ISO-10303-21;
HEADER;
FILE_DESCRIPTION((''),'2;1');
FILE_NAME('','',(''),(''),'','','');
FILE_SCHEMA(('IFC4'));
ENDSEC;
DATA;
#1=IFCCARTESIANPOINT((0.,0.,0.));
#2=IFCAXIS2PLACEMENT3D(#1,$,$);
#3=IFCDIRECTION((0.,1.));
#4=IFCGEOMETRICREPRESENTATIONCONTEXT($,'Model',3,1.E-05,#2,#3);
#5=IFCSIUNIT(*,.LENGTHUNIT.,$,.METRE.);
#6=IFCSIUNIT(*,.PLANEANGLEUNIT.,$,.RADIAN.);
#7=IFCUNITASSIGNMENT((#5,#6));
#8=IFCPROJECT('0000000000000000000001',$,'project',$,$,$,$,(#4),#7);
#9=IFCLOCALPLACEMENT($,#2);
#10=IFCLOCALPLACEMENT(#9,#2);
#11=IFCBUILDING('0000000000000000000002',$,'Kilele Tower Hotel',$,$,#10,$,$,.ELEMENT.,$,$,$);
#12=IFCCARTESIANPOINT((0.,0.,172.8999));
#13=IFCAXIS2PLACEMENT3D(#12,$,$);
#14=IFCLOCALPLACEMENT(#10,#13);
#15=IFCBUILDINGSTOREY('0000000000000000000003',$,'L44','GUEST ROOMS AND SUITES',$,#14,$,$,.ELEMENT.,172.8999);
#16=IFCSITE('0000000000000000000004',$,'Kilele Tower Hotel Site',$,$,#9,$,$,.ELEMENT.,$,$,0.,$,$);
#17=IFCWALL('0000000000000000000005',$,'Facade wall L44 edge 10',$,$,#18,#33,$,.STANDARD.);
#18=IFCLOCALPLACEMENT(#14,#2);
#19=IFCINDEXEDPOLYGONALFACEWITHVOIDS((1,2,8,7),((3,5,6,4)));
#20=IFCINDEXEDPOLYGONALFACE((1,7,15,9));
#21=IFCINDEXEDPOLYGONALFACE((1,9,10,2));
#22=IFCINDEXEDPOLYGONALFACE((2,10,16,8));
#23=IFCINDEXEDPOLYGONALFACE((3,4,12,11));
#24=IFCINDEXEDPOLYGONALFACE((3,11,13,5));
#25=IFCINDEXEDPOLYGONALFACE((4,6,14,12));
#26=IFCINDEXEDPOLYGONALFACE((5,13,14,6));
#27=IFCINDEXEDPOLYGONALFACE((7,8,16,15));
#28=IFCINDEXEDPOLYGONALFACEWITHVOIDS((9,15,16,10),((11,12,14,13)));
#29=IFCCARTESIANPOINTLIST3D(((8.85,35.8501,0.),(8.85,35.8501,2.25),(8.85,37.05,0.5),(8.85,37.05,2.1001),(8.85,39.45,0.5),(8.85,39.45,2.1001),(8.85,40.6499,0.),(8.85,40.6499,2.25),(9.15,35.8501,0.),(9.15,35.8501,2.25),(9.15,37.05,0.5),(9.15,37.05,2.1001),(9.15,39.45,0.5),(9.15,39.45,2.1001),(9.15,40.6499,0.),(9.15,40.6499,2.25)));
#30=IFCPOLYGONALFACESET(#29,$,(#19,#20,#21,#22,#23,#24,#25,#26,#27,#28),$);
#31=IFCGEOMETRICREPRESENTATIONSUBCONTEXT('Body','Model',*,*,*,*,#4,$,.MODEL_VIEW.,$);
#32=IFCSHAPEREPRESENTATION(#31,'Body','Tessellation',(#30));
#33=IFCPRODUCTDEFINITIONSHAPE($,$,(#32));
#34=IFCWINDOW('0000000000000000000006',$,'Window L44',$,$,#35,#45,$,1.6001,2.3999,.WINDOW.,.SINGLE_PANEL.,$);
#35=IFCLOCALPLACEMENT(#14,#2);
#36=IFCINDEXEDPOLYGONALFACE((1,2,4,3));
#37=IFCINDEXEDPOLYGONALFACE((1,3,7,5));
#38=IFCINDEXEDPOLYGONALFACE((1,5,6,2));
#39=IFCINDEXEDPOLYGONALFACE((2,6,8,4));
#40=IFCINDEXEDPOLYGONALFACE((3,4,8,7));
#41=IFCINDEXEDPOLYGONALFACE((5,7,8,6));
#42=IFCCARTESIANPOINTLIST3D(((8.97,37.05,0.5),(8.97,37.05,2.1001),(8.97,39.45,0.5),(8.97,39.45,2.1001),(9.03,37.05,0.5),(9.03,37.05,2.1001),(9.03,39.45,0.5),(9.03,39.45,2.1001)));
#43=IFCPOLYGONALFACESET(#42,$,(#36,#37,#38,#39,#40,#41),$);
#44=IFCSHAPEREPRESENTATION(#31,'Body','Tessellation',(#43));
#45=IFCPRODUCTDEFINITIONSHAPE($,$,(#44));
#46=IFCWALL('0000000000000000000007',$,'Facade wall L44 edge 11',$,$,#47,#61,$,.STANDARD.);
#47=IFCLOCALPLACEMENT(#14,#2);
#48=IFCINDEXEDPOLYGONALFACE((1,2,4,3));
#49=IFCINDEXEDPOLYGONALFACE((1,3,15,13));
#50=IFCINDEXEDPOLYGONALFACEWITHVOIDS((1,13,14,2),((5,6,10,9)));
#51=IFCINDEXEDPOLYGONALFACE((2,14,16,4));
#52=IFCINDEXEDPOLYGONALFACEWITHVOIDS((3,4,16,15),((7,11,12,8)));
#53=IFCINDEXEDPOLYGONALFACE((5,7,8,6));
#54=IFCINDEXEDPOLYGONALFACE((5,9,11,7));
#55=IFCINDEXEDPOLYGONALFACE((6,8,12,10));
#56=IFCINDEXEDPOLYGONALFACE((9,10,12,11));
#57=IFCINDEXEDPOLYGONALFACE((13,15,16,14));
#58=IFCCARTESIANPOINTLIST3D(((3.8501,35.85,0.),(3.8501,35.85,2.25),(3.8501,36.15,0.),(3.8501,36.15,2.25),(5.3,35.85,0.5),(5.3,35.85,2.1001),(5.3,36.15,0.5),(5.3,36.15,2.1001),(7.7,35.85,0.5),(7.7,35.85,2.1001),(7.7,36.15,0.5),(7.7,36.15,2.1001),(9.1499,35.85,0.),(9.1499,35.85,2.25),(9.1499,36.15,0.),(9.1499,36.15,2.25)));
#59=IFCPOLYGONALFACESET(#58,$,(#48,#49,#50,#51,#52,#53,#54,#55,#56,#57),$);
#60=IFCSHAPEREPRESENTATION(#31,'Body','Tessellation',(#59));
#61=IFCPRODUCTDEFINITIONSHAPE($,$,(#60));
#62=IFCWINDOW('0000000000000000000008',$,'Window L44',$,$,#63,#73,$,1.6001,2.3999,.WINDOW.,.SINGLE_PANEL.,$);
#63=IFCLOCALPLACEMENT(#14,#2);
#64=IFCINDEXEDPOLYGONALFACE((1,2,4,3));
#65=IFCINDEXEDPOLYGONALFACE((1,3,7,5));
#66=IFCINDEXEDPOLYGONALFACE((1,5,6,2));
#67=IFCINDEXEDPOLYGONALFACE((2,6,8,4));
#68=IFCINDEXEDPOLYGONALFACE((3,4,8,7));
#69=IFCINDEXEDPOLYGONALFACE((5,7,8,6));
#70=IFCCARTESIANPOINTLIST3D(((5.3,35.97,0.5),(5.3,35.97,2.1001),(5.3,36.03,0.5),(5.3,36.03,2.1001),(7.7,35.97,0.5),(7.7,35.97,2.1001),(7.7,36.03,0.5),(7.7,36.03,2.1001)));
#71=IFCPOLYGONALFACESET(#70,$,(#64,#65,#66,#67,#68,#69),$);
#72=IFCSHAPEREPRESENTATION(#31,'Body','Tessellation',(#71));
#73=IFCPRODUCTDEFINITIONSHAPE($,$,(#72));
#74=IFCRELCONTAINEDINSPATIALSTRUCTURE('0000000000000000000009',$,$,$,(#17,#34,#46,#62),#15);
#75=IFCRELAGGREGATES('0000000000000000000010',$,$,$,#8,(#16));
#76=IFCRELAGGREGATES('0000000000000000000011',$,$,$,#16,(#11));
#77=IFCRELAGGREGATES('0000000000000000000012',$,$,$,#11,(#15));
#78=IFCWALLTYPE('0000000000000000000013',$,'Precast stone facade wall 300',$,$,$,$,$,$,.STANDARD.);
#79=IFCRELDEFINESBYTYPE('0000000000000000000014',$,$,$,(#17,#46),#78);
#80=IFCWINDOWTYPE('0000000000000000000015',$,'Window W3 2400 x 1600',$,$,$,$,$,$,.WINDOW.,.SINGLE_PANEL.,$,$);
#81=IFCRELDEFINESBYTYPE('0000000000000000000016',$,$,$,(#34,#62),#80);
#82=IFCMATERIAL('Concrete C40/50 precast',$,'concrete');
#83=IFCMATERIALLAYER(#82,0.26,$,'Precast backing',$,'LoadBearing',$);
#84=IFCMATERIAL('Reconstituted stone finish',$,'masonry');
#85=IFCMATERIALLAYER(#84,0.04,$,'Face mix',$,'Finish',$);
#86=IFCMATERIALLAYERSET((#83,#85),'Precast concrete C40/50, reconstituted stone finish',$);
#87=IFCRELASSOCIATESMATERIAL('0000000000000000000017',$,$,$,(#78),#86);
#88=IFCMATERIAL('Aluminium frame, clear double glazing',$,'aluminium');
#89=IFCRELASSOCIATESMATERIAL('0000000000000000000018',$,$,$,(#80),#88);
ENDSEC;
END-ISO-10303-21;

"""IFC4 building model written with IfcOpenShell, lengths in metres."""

from ifc_helpers import new_model, si_unit, direction, frame, frame_2d, origin, place, context, subcontext, project, spatial, rectangle, extrude, material, layer, layer_set, type_object, element, fill, save


model = new_model("IFC4")

# Units and contexts
model_context = context("Model", 3, precision=1e-05, world=origin(), true_north=direction((0.0, 1.0)))
body_context = subcontext(model_context, "Body", "Model", "MODEL_VIEW")
ifc_project = project(units=[si_unit("LENGTHUNIT", "METRE"), si_unit("PLANEANGLEUNIT", "RADIAN")], contexts=[model_context])

# Site, building, storey
site_placement = place(None, origin())
site = spatial("IfcSite", under=ifc_project, at=site_placement, Name="Kilele Tower Hotel Site", CompositionType="ELEMENT", RefElevation=0.0)
building_placement = place(site_placement, origin())
building = spatial("IfcBuilding", under=site, at=building_placement, Name="Kilele Tower Hotel", CompositionType="ELEMENT")
storey_placement = place(building_placement, frame((0.0, 0.0, 172.8999)))
storey = spatial("IfcBuildingStorey", under=building, at=storey_placement, Name="L44", Description="GUEST ROOMS AND SUITES", CompositionType="ELEMENT", Elevation=172.8999)

# Walls, openings, windows
ifc_material_1 = material(Name="Concrete C40/50 precast", Category="concrete")
ifc_layer_1 = layer(ifc_material_1, 0.26, Name="Precast backing", Category="LoadBearing")
ifc_material_2 = material(Name="Reconstituted stone finish", Category="masonry")
ifc_layer_2 = layer(ifc_material_2, 0.04, Name="Face mix", Category="Finish")
ifc_layer_set_1 = layer_set([ifc_layer_1, ifc_layer_2], Name="Precast concrete C40/50, reconstituted stone finish")
wall_type_1 = type_object("IfcWallType", Name="Precast stone facade wall 300", PredefinedType="STANDARD", material=ifc_layer_set_1)
wall_1_placement = place(storey_placement, frame((9.0, 40.6499, 0.0), z_axis=(0.0, 0.0, 1.0), x_axis=(0.0, -1.0, 0.0)))
wall_1 = element("IfcWall", 1, at=wall_1_placement, inside=storey, type_object=wall_type_1, Name="Facade wall L44 edge 10", PredefinedType="STANDARD", context=body_context, shape_type="SweptSolid", body=[
    extrude(rectangle(XDim=4.7998, YDim=0.3, at=frame_2d((2.3999, 0.0))), origin(), (0.0, 0.0, 1.0), 2.25),
])
opening_1_placement = place(wall_1_placement, frame((1.2, 0.0, 0.5)))
opening_1 = element("IfcOpeningElement", 2, at=opening_1_placement, cuts=wall_1, PredefinedType="OPENING", context=body_context, shape_type="SweptSolid", body=[
    extrude(rectangle(XDim=2.3999, YDim=1.6001, at=frame_2d((1.2, 0.8))), frame((0.0, 0.1599, 0.0), z_axis=(0.0, -1.0, 0.0), x_axis=(1.0, 0.0, 0.0)), (0.0, 0.0, 1.0), 0.3201),
])
ifc_material_3 = material(Name="Aluminium frame, clear double glazing", Category="aluminium")
window_type_1 = type_object("IfcWindowType", Name="Window W3 2400 x 1600", PartitioningType="SINGLE_PANEL", PredefinedType="WINDOW", material=ifc_material_3)
window_1_placement = place(opening_1_placement, origin())
window_1 = element("IfcWindow", 3, at=window_1_placement, inside=storey, type_object=window_type_1, Name="Window L44", OverallHeight=1.6001, OverallWidth=2.3999, PartitioningType="SINGLE_PANEL", PredefinedType="WINDOW", context=body_context, shape_type="SweptSolid", body=[
    extrude(rectangle(XDim=2.3999, YDim=1.6001, at=frame_2d((1.2, 0.8))), frame((0.0, 0.03, 0.0), z_axis=(0.0, -1.0, 0.0), x_axis=(1.0, 0.0, 0.0)), (0.0, 0.0, 1.0), 0.0601),
])
fill(opening_1, window_1)
wall_2_placement = place(storey_placement, frame((9.1499, 36.0, 0.0), z_axis=(0.0, 0.0, 1.0), x_axis=(-1.0, 0.0, 0.0)))
wall_2 = element("IfcWall", 4, at=wall_2_placement, inside=storey, type_object=wall_type_1, Name="Facade wall L44 edge 11", PredefinedType="STANDARD", context=body_context, shape_type="SweptSolid", body=[
    extrude(rectangle(XDim=5.2998, YDim=0.3, at=frame_2d((2.6499, 0.0))), origin(), (0.0, 0.0, 1.0), 2.25),
])
opening_2_placement = place(wall_2_placement, frame((1.45, 0.0, 0.5)))
opening_2 = element("IfcOpeningElement", 5, at=opening_2_placement, cuts=wall_2, PredefinedType="OPENING", context=body_context, shape_type="SweptSolid", body=[
    extrude(rectangle(XDim=2.3999, YDim=1.6001, at=frame_2d((1.2, 0.8))), frame((0.0, 0.1599, 0.0), z_axis=(0.0, -1.0, 0.0), x_axis=(1.0, 0.0, 0.0)), (0.0, 0.0, 1.0), 0.3201),
])
window_2_placement = place(opening_2_placement, origin())
window_2 = element("IfcWindow", 6, at=window_2_placement, inside=storey, type_object=window_type_1, Name="Window L44", OverallHeight=1.6001, OverallWidth=2.3999, PartitioningType="SINGLE_PANEL", PredefinedType="WINDOW", context=body_context, shape_type="SweptSolid", body=[
    extrude(rectangle(XDim=2.3999, YDim=1.6001, at=frame_2d((1.2, 0.8))), frame((0.0, 0.03, 0.0), z_axis=(0.0, -1.0, 0.0), x_axis=(1.0, 0.0, 0.0)), (0.0, 0.0, 1.0), 0.0601),
])
fill(opening_2, window_2)

save(model, "model.ifc")
